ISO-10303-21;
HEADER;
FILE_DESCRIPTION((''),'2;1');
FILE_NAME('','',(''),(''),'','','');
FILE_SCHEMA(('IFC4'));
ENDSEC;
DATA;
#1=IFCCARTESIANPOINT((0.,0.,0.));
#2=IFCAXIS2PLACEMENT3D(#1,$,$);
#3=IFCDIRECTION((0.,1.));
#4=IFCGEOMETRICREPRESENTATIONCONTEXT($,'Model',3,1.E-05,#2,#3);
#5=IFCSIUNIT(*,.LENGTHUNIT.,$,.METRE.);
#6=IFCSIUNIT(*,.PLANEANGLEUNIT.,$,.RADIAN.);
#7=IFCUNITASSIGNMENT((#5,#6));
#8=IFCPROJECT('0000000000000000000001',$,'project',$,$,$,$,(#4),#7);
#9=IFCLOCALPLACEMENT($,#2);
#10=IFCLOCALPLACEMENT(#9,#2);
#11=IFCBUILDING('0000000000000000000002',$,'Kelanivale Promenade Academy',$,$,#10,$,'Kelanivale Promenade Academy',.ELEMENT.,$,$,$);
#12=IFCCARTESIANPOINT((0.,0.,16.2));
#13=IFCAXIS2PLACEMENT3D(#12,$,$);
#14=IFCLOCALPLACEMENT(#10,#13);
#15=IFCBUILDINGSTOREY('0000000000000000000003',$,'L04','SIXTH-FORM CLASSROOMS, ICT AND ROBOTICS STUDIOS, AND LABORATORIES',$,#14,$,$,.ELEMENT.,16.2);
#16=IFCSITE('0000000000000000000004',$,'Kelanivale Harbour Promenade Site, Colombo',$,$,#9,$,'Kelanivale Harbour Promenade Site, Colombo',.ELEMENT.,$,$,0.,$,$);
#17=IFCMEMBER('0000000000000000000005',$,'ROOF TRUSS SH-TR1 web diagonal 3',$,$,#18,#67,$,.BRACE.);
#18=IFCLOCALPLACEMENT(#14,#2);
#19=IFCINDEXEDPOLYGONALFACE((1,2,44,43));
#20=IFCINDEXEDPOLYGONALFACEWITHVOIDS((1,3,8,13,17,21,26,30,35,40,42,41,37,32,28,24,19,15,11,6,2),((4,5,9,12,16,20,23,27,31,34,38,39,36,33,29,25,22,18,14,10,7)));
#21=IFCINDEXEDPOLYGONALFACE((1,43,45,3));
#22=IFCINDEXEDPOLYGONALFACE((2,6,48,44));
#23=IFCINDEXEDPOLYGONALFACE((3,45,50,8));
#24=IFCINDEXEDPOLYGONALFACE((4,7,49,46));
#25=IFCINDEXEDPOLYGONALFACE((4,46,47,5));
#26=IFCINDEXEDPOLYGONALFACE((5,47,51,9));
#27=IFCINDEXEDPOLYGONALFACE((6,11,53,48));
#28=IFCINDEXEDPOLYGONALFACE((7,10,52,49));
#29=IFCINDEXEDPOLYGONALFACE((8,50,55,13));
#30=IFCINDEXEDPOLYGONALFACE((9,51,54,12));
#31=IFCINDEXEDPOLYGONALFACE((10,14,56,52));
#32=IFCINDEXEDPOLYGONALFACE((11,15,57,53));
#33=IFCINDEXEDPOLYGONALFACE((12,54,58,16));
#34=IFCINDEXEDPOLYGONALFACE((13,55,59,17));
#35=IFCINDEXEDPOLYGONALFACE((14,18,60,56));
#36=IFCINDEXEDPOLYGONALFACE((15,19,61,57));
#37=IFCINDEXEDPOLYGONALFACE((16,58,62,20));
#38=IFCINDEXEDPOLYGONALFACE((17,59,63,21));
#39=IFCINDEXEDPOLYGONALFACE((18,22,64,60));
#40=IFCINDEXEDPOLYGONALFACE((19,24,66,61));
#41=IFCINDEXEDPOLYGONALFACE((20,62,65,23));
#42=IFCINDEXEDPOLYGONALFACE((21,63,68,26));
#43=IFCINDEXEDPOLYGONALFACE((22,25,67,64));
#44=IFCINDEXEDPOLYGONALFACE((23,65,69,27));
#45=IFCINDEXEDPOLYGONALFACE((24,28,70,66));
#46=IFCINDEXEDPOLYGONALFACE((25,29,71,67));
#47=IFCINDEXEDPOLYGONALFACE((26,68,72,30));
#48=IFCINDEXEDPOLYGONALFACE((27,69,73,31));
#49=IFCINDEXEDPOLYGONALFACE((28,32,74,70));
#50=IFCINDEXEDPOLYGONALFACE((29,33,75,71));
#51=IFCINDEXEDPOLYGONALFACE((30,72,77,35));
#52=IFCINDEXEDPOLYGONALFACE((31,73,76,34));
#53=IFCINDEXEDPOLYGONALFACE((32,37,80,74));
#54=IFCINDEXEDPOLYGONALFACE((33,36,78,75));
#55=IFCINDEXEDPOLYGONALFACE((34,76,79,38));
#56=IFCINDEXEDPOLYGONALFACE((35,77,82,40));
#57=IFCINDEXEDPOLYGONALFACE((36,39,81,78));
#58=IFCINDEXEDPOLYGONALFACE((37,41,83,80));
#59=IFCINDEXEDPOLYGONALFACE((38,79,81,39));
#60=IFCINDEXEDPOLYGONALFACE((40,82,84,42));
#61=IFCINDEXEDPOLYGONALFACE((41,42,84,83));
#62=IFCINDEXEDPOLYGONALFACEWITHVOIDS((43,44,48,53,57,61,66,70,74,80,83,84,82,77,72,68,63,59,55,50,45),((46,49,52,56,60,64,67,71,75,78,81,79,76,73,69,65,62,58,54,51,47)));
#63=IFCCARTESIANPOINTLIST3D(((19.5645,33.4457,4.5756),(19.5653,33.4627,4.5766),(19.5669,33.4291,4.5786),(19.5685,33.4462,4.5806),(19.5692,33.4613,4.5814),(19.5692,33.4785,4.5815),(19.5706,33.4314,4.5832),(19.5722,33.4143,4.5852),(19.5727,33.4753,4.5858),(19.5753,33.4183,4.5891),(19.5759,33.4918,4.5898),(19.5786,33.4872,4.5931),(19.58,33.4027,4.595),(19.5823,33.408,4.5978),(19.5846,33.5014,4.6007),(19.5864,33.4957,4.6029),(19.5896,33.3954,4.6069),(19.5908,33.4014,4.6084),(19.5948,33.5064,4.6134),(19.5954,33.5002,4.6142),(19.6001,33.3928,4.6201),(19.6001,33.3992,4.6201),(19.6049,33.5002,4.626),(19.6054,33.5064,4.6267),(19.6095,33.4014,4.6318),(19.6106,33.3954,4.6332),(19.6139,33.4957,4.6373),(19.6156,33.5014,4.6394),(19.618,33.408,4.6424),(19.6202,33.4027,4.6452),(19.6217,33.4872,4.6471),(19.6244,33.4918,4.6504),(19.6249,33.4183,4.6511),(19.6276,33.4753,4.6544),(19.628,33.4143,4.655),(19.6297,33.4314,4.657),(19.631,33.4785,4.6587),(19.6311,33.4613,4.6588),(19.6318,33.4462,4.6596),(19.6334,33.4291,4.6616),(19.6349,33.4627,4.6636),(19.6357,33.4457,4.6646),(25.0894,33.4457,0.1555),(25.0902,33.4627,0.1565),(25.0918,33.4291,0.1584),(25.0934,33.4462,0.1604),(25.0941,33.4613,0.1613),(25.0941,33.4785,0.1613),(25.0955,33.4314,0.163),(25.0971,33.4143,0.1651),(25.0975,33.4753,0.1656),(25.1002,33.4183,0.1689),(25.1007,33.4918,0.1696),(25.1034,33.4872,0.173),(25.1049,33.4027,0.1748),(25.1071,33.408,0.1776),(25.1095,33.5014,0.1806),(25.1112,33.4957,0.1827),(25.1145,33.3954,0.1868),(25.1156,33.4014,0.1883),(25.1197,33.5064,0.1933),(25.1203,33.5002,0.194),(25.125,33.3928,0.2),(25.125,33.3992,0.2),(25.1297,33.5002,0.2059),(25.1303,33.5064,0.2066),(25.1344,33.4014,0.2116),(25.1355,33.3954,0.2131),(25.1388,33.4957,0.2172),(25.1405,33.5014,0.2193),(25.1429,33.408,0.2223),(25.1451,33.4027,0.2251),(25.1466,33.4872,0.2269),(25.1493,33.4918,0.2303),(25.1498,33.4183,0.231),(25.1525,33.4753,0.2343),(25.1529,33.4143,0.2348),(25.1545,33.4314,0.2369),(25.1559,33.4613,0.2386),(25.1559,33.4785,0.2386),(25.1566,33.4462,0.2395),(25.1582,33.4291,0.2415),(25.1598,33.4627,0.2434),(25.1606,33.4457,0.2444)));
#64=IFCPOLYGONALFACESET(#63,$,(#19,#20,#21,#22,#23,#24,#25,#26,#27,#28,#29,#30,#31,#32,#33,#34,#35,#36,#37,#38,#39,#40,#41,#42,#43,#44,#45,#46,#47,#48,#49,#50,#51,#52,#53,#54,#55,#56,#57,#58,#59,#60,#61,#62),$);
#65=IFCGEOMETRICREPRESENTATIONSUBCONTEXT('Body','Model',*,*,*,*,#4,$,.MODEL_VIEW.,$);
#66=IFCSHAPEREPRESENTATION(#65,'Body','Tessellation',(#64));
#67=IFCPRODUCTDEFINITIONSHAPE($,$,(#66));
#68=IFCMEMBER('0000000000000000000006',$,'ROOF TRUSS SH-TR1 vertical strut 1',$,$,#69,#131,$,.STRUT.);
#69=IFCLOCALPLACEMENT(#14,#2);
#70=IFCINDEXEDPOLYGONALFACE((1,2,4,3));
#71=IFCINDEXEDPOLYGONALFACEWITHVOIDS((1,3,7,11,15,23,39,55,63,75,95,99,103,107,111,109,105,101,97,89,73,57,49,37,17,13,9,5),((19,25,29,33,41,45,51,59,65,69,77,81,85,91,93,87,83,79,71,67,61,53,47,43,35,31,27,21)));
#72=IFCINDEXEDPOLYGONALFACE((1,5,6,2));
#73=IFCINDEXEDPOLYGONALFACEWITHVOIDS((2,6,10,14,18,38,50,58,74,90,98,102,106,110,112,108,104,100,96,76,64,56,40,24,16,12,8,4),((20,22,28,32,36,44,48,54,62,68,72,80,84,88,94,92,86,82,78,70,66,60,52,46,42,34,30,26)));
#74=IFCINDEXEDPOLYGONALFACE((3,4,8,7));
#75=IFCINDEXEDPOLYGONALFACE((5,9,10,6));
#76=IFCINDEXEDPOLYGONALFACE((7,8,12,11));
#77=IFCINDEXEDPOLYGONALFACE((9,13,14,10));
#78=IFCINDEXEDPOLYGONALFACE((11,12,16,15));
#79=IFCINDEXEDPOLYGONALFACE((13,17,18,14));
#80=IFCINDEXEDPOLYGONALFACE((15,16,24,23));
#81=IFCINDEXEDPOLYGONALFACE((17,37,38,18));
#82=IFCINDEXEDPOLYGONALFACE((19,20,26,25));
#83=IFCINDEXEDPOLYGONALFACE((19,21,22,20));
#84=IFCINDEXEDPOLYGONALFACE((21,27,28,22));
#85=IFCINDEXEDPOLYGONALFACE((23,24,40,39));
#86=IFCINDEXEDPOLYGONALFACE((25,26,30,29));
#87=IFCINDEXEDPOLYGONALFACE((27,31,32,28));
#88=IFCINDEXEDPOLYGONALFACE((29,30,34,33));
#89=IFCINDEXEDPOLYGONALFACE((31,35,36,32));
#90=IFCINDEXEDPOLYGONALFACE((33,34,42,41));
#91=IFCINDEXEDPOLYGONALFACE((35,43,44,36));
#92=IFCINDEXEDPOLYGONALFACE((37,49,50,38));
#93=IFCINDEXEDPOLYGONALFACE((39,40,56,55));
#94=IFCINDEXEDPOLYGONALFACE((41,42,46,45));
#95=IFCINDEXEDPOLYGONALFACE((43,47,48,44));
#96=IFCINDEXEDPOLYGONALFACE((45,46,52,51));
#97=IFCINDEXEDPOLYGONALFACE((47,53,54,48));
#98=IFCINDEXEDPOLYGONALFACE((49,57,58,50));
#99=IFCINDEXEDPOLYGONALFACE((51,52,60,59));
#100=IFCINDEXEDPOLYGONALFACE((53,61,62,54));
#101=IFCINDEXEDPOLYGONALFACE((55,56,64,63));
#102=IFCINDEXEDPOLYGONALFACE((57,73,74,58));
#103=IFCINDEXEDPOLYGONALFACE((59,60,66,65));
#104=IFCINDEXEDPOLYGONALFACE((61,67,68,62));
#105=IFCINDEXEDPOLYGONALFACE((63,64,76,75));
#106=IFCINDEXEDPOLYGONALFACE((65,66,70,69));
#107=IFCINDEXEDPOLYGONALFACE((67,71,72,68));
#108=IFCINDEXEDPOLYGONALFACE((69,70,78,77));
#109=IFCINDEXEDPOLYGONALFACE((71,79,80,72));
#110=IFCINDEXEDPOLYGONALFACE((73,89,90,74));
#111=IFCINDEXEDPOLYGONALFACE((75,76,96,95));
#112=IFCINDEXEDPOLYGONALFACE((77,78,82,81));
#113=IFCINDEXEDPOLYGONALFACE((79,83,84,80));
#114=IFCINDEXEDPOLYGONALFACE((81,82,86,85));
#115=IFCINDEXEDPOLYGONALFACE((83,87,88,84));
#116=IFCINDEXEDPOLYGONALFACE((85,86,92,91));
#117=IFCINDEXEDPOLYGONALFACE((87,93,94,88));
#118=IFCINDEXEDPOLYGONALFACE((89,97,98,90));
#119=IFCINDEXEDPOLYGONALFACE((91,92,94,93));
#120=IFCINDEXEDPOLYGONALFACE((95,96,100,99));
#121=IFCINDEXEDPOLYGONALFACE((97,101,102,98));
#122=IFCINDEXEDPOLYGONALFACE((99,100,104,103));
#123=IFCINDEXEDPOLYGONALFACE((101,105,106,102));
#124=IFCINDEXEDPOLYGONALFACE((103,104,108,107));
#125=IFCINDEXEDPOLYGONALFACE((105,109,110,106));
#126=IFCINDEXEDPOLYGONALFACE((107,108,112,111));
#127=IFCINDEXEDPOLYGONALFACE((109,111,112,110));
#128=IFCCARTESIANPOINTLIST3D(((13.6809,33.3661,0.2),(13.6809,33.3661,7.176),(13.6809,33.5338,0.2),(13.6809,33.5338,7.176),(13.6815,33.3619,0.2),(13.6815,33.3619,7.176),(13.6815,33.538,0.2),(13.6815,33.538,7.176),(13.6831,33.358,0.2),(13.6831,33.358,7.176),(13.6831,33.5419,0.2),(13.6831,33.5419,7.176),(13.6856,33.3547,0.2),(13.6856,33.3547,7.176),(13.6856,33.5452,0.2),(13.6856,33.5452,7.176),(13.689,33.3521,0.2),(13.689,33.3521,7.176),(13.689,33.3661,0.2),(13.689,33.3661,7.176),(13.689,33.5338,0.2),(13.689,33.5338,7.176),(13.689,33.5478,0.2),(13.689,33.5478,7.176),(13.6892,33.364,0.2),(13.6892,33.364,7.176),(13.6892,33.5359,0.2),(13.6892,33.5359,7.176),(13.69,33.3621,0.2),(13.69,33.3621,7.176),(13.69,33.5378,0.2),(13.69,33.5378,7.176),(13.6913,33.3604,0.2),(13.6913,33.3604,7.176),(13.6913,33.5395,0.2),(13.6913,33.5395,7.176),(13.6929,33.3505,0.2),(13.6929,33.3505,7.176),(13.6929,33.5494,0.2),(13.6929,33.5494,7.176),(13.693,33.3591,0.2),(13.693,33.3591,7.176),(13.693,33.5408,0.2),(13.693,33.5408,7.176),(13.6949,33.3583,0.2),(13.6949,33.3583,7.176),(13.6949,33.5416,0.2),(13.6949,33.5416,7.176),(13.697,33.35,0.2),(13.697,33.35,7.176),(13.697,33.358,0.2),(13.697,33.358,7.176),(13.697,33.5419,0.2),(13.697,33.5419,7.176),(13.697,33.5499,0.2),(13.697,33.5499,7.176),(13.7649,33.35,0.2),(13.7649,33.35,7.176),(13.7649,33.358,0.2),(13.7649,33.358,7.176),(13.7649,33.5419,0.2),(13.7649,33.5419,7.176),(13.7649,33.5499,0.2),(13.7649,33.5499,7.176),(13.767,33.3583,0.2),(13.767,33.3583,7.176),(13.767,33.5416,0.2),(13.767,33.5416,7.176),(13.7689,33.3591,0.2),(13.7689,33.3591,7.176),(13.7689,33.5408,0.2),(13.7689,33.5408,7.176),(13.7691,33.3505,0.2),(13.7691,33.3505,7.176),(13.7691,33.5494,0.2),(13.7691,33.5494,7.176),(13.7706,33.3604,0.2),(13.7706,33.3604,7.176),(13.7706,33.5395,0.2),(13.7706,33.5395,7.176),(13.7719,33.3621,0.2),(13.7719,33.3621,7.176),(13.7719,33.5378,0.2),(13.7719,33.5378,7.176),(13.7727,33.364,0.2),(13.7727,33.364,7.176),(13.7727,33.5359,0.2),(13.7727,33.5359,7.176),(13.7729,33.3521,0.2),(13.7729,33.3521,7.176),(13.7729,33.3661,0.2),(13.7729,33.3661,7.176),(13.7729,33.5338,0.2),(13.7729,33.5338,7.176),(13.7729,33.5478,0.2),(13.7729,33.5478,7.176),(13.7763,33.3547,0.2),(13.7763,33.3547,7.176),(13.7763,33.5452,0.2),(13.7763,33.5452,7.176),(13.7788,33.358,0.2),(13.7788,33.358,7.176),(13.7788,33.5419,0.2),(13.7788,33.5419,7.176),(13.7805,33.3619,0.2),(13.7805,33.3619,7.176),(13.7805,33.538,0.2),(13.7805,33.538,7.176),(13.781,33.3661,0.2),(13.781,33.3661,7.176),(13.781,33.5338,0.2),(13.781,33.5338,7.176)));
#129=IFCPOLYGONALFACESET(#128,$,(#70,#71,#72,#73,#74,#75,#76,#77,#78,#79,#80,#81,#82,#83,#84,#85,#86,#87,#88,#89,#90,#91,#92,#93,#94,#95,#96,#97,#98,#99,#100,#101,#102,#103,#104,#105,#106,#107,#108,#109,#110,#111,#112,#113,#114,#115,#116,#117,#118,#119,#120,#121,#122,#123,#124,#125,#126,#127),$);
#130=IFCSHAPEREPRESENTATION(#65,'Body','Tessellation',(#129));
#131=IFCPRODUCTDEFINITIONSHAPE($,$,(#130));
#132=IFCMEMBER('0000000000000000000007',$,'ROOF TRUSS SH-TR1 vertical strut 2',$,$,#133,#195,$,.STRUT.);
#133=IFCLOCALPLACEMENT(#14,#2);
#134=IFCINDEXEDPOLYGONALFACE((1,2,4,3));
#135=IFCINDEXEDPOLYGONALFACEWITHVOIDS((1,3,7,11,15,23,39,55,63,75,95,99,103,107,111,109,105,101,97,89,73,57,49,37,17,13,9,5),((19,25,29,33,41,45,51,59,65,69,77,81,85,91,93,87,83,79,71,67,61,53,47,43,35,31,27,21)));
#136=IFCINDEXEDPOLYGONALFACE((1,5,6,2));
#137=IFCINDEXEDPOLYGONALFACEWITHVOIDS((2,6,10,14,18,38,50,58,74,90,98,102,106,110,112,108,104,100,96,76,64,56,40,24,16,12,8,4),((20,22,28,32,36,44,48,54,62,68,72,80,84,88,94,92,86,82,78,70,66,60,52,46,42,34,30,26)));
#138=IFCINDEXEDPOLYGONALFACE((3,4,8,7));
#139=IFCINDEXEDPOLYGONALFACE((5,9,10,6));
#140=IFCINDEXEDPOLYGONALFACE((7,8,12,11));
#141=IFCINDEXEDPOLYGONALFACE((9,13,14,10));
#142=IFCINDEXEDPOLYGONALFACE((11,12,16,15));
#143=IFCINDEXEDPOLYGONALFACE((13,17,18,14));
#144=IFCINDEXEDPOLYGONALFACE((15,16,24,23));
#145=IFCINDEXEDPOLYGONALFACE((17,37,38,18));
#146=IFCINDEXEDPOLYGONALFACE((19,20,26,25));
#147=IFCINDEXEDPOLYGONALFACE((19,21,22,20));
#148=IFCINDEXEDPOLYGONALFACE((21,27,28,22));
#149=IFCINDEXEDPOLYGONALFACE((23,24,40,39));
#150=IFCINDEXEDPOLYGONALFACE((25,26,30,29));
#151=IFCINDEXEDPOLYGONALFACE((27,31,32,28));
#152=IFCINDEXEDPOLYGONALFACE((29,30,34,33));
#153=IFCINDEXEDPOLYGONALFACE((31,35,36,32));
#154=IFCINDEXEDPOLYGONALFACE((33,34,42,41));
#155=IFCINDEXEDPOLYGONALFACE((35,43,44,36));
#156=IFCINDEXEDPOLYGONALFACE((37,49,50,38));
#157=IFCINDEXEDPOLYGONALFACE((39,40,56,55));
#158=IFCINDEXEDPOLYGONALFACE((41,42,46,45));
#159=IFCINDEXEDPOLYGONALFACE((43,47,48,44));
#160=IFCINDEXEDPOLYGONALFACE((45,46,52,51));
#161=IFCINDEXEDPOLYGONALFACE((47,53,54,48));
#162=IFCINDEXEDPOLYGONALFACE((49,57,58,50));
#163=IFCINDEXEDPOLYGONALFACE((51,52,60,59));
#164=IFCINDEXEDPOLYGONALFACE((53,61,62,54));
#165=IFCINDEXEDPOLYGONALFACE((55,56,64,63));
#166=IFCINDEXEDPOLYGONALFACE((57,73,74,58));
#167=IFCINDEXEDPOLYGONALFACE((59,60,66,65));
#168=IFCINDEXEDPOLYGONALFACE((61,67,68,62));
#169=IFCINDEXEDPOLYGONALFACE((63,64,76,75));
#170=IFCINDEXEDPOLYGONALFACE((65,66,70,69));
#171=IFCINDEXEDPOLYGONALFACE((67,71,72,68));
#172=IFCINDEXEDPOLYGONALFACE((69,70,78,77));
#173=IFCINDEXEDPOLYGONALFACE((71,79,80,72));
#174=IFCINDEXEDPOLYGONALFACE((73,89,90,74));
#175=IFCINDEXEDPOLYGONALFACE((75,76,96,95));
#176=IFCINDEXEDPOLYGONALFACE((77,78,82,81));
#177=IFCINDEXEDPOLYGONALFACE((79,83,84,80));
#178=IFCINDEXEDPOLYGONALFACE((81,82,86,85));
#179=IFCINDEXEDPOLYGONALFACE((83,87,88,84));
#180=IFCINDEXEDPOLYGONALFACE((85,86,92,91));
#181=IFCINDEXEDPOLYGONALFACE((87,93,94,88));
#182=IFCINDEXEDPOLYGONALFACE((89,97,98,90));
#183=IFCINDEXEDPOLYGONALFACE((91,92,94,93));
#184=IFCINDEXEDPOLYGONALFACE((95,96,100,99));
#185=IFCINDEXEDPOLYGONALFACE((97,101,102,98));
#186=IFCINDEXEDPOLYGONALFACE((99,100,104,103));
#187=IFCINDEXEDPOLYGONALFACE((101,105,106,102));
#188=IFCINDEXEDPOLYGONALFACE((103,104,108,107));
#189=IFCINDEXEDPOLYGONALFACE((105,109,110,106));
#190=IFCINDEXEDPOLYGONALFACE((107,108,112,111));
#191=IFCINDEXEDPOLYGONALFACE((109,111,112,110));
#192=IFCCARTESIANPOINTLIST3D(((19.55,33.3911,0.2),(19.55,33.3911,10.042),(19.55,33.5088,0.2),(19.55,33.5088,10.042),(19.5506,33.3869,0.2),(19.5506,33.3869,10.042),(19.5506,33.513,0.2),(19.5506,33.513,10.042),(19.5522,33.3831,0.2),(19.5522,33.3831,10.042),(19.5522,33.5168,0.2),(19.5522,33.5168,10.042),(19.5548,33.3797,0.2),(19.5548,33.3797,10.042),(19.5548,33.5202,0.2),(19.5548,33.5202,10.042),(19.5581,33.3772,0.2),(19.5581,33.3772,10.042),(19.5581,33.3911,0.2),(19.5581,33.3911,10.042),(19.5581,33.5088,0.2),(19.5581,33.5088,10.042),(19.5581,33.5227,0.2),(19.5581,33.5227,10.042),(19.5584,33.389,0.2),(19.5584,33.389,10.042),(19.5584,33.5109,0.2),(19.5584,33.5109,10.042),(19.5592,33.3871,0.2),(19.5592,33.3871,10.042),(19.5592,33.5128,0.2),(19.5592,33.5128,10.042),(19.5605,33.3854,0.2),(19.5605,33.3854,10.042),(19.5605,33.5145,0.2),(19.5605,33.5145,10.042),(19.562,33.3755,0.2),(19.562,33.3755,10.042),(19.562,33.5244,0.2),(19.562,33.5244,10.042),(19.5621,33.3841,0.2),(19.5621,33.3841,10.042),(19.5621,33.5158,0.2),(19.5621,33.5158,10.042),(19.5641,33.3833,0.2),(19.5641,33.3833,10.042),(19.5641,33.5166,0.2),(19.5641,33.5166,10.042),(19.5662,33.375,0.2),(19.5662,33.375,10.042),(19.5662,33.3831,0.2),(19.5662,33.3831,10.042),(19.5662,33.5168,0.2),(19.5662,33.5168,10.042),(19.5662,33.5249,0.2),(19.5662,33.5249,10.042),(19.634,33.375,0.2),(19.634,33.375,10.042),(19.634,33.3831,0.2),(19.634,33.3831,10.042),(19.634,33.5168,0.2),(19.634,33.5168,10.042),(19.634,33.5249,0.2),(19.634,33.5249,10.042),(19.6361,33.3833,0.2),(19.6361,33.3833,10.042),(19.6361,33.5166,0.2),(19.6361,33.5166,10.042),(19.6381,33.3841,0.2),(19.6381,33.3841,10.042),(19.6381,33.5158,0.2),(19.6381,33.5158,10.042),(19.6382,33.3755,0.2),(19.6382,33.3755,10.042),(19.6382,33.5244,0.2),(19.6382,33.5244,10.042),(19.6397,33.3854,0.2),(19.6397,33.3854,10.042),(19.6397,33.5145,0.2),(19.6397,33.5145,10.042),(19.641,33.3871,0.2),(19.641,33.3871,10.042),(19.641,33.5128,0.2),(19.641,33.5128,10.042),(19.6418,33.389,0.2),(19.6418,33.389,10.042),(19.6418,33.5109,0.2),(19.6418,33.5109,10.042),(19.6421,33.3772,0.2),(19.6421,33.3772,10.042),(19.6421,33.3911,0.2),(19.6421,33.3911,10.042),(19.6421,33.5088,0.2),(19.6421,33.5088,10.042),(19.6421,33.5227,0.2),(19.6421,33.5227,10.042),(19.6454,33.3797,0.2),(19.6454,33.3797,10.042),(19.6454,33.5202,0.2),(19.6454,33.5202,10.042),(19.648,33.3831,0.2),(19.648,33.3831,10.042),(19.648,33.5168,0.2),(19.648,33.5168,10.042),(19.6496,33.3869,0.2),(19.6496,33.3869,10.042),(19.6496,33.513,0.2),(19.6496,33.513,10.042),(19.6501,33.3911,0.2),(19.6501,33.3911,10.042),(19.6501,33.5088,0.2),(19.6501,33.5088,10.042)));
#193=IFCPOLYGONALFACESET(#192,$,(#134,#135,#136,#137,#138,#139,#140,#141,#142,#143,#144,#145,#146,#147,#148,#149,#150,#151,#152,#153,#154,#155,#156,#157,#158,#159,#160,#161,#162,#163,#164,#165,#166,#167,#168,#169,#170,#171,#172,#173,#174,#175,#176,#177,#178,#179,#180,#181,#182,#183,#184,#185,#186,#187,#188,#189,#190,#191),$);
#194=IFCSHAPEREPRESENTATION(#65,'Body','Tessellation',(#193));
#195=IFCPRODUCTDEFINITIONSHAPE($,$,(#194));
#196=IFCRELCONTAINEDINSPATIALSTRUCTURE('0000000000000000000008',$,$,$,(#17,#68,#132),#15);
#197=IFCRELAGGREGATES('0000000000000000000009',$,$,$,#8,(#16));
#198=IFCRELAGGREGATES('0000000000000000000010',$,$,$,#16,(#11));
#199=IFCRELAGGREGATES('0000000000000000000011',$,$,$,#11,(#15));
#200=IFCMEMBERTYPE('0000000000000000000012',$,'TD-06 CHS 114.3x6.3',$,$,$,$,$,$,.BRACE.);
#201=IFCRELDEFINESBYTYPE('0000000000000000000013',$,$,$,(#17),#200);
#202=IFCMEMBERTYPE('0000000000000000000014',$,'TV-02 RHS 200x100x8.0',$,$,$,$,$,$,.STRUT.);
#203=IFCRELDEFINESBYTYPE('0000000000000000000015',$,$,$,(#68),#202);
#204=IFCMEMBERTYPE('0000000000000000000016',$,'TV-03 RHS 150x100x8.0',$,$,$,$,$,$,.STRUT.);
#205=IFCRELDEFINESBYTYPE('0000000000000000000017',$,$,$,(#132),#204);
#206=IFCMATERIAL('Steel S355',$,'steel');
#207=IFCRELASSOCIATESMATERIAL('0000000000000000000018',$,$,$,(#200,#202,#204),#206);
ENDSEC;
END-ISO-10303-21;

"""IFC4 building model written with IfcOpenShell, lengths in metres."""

from ifc_helpers import new_model, si_unit, direction, frame, origin, origin_2d, place, context, subcontext, project, spatial, hollow_rectangle, hollow_circle, extrude, material, material_profile, profile_set, type_object, element, save


model = new_model("IFC4")

# Units and contexts
model_context = context("Model", 3, precision=1e-05, world=origin(), true_north=direction((0.0, 1.0)))
body_context = subcontext(model_context, "Body", "Model", "MODEL_VIEW")
ifc_project = project(units=[si_unit("LENGTHUNIT", "METRE"), si_unit("PLANEANGLEUNIT", "RADIAN")], contexts=[model_context])

# Site, building, storey
site_placement = place(None, origin())
site = spatial("IfcSite", under=ifc_project, at=site_placement, Name="Kelanivale Harbour Promenade Site, Colombo", LongName="Kelanivale Harbour Promenade Site, Colombo", CompositionType="ELEMENT", RefElevation=0.0)
building_placement = place(site_placement, origin())
building = spatial("IfcBuilding", under=site, at=building_placement, Name="Kelanivale Promenade Academy", LongName="Kelanivale Promenade Academy", CompositionType="ELEMENT")
storey_placement = place(building_placement, frame((0.0, 0.0, 16.2)))
storey = spatial("IfcBuildingStorey", under=building, at=storey_placement, Name="L04", Description="SIXTH-FORM CLASSROOMS, ICT AND ROBOTICS STUDIOS, AND LABORATORIES", CompositionType="ELEMENT", Elevation=16.2)

# Members
ifc_material = material(Name="Steel S355", Category="steel")
ifc_material_profile_1 = material_profile(ifc_material, hollow_circle(Radius=0.0571, WallThickness=0.0063, at=origin_2d()), Name="CHS 114.3x6.3")
ifc_profile_set_1 = profile_set([ifc_material_profile_1], Name="Steel S355")
member_type_1 = type_object("IfcMemberType", Name="TD-06 CHS 114.3x6.3", PredefinedType="BRACE", material=ifc_profile_set_1)
member_1_placement = place(storey_placement, frame((25.125, 33.45, 0.2), z_axis=(-0.780852, 0.0, 0.624716), x_axis=(0.0, -1.0, 0.0)))
element("IfcMember", 1, at=member_1_placement, inside=storey, type_object=member_type_1, Name="ROOF TRUSS SH-TR1 web diagonal 3", PredefinedType="BRACE", context=body_context, shape_type="SweptSolid", body=[
    extrude(hollow_circle(Radius=0.0571, WallThickness=0.0063, at=origin_2d()), origin(), (0.0, 0.0, 1.0), 7.0754),
])
ifc_material_profile_2 = material_profile(ifc_material, hollow_rectangle(XDim=0.1001, YDim=0.2, WallThickness=0.0081, InnerFilletRadius=0.0081, OuterFilletRadius=0.0161, at=origin_2d()), Name="RHS 200x100x8.0")
ifc_profile_set_2 = profile_set([ifc_material_profile_2], Name="Steel S355")
member_type_2 = type_object("IfcMemberType", Name="TV-02 RHS 200x100x8.0", PredefinedType="STRUT", material=ifc_profile_set_2)
member_2_placement = place(storey_placement, frame((13.731, 33.45, 0.2), z_axis=(0.0, 0.0, 1.0), x_axis=(1.0, 0.0, 0.0)))
element("IfcMember", 2, at=member_2_placement, inside=storey, type_object=member_type_2, Name="ROOF TRUSS SH-TR1 vertical strut 1", PredefinedType="STRUT", context=body_context, shape_type="SweptSolid", body=[
    extrude(hollow_rectangle(XDim=0.1001, YDim=0.2, WallThickness=0.0081, InnerFilletRadius=0.0081, OuterFilletRadius=0.0161, at=origin_2d()), origin(), (0.0, 0.0, 1.0), 6.9761),
])
ifc_material_profile_3 = material_profile(ifc_material, hollow_rectangle(XDim=0.1001, YDim=0.1499, WallThickness=0.0081, InnerFilletRadius=0.0081, OuterFilletRadius=0.0161, at=origin_2d()), Name="RHS 150x100x8.0")
ifc_profile_set_3 = profile_set([ifc_material_profile_3], Name="Steel S355")
member_type_3 = type_object("IfcMemberType", Name="TV-03 RHS 150x100x8.0", PredefinedType="STRUT", material=ifc_profile_set_3)
member_3_placement = place(storey_placement, frame((19.6001, 33.45, 0.2), z_axis=(0.0, 0.0, 1.0), x_axis=(1.0, 0.0, 0.0)))
element("IfcMember", 3, at=member_3_placement, inside=storey, type_object=member_type_3, Name="ROOF TRUSS SH-TR1 vertical strut 2", PredefinedType="STRUT", context=body_context, shape_type="SweptSolid", body=[
    extrude(hollow_rectangle(XDim=0.1001, YDim=0.1499, WallThickness=0.0081, InnerFilletRadius=0.0081, OuterFilletRadius=0.0161, at=origin_2d()), origin(), (0.0, 0.0, 1.0), 9.842),
])

save(model, "model.ifc")
